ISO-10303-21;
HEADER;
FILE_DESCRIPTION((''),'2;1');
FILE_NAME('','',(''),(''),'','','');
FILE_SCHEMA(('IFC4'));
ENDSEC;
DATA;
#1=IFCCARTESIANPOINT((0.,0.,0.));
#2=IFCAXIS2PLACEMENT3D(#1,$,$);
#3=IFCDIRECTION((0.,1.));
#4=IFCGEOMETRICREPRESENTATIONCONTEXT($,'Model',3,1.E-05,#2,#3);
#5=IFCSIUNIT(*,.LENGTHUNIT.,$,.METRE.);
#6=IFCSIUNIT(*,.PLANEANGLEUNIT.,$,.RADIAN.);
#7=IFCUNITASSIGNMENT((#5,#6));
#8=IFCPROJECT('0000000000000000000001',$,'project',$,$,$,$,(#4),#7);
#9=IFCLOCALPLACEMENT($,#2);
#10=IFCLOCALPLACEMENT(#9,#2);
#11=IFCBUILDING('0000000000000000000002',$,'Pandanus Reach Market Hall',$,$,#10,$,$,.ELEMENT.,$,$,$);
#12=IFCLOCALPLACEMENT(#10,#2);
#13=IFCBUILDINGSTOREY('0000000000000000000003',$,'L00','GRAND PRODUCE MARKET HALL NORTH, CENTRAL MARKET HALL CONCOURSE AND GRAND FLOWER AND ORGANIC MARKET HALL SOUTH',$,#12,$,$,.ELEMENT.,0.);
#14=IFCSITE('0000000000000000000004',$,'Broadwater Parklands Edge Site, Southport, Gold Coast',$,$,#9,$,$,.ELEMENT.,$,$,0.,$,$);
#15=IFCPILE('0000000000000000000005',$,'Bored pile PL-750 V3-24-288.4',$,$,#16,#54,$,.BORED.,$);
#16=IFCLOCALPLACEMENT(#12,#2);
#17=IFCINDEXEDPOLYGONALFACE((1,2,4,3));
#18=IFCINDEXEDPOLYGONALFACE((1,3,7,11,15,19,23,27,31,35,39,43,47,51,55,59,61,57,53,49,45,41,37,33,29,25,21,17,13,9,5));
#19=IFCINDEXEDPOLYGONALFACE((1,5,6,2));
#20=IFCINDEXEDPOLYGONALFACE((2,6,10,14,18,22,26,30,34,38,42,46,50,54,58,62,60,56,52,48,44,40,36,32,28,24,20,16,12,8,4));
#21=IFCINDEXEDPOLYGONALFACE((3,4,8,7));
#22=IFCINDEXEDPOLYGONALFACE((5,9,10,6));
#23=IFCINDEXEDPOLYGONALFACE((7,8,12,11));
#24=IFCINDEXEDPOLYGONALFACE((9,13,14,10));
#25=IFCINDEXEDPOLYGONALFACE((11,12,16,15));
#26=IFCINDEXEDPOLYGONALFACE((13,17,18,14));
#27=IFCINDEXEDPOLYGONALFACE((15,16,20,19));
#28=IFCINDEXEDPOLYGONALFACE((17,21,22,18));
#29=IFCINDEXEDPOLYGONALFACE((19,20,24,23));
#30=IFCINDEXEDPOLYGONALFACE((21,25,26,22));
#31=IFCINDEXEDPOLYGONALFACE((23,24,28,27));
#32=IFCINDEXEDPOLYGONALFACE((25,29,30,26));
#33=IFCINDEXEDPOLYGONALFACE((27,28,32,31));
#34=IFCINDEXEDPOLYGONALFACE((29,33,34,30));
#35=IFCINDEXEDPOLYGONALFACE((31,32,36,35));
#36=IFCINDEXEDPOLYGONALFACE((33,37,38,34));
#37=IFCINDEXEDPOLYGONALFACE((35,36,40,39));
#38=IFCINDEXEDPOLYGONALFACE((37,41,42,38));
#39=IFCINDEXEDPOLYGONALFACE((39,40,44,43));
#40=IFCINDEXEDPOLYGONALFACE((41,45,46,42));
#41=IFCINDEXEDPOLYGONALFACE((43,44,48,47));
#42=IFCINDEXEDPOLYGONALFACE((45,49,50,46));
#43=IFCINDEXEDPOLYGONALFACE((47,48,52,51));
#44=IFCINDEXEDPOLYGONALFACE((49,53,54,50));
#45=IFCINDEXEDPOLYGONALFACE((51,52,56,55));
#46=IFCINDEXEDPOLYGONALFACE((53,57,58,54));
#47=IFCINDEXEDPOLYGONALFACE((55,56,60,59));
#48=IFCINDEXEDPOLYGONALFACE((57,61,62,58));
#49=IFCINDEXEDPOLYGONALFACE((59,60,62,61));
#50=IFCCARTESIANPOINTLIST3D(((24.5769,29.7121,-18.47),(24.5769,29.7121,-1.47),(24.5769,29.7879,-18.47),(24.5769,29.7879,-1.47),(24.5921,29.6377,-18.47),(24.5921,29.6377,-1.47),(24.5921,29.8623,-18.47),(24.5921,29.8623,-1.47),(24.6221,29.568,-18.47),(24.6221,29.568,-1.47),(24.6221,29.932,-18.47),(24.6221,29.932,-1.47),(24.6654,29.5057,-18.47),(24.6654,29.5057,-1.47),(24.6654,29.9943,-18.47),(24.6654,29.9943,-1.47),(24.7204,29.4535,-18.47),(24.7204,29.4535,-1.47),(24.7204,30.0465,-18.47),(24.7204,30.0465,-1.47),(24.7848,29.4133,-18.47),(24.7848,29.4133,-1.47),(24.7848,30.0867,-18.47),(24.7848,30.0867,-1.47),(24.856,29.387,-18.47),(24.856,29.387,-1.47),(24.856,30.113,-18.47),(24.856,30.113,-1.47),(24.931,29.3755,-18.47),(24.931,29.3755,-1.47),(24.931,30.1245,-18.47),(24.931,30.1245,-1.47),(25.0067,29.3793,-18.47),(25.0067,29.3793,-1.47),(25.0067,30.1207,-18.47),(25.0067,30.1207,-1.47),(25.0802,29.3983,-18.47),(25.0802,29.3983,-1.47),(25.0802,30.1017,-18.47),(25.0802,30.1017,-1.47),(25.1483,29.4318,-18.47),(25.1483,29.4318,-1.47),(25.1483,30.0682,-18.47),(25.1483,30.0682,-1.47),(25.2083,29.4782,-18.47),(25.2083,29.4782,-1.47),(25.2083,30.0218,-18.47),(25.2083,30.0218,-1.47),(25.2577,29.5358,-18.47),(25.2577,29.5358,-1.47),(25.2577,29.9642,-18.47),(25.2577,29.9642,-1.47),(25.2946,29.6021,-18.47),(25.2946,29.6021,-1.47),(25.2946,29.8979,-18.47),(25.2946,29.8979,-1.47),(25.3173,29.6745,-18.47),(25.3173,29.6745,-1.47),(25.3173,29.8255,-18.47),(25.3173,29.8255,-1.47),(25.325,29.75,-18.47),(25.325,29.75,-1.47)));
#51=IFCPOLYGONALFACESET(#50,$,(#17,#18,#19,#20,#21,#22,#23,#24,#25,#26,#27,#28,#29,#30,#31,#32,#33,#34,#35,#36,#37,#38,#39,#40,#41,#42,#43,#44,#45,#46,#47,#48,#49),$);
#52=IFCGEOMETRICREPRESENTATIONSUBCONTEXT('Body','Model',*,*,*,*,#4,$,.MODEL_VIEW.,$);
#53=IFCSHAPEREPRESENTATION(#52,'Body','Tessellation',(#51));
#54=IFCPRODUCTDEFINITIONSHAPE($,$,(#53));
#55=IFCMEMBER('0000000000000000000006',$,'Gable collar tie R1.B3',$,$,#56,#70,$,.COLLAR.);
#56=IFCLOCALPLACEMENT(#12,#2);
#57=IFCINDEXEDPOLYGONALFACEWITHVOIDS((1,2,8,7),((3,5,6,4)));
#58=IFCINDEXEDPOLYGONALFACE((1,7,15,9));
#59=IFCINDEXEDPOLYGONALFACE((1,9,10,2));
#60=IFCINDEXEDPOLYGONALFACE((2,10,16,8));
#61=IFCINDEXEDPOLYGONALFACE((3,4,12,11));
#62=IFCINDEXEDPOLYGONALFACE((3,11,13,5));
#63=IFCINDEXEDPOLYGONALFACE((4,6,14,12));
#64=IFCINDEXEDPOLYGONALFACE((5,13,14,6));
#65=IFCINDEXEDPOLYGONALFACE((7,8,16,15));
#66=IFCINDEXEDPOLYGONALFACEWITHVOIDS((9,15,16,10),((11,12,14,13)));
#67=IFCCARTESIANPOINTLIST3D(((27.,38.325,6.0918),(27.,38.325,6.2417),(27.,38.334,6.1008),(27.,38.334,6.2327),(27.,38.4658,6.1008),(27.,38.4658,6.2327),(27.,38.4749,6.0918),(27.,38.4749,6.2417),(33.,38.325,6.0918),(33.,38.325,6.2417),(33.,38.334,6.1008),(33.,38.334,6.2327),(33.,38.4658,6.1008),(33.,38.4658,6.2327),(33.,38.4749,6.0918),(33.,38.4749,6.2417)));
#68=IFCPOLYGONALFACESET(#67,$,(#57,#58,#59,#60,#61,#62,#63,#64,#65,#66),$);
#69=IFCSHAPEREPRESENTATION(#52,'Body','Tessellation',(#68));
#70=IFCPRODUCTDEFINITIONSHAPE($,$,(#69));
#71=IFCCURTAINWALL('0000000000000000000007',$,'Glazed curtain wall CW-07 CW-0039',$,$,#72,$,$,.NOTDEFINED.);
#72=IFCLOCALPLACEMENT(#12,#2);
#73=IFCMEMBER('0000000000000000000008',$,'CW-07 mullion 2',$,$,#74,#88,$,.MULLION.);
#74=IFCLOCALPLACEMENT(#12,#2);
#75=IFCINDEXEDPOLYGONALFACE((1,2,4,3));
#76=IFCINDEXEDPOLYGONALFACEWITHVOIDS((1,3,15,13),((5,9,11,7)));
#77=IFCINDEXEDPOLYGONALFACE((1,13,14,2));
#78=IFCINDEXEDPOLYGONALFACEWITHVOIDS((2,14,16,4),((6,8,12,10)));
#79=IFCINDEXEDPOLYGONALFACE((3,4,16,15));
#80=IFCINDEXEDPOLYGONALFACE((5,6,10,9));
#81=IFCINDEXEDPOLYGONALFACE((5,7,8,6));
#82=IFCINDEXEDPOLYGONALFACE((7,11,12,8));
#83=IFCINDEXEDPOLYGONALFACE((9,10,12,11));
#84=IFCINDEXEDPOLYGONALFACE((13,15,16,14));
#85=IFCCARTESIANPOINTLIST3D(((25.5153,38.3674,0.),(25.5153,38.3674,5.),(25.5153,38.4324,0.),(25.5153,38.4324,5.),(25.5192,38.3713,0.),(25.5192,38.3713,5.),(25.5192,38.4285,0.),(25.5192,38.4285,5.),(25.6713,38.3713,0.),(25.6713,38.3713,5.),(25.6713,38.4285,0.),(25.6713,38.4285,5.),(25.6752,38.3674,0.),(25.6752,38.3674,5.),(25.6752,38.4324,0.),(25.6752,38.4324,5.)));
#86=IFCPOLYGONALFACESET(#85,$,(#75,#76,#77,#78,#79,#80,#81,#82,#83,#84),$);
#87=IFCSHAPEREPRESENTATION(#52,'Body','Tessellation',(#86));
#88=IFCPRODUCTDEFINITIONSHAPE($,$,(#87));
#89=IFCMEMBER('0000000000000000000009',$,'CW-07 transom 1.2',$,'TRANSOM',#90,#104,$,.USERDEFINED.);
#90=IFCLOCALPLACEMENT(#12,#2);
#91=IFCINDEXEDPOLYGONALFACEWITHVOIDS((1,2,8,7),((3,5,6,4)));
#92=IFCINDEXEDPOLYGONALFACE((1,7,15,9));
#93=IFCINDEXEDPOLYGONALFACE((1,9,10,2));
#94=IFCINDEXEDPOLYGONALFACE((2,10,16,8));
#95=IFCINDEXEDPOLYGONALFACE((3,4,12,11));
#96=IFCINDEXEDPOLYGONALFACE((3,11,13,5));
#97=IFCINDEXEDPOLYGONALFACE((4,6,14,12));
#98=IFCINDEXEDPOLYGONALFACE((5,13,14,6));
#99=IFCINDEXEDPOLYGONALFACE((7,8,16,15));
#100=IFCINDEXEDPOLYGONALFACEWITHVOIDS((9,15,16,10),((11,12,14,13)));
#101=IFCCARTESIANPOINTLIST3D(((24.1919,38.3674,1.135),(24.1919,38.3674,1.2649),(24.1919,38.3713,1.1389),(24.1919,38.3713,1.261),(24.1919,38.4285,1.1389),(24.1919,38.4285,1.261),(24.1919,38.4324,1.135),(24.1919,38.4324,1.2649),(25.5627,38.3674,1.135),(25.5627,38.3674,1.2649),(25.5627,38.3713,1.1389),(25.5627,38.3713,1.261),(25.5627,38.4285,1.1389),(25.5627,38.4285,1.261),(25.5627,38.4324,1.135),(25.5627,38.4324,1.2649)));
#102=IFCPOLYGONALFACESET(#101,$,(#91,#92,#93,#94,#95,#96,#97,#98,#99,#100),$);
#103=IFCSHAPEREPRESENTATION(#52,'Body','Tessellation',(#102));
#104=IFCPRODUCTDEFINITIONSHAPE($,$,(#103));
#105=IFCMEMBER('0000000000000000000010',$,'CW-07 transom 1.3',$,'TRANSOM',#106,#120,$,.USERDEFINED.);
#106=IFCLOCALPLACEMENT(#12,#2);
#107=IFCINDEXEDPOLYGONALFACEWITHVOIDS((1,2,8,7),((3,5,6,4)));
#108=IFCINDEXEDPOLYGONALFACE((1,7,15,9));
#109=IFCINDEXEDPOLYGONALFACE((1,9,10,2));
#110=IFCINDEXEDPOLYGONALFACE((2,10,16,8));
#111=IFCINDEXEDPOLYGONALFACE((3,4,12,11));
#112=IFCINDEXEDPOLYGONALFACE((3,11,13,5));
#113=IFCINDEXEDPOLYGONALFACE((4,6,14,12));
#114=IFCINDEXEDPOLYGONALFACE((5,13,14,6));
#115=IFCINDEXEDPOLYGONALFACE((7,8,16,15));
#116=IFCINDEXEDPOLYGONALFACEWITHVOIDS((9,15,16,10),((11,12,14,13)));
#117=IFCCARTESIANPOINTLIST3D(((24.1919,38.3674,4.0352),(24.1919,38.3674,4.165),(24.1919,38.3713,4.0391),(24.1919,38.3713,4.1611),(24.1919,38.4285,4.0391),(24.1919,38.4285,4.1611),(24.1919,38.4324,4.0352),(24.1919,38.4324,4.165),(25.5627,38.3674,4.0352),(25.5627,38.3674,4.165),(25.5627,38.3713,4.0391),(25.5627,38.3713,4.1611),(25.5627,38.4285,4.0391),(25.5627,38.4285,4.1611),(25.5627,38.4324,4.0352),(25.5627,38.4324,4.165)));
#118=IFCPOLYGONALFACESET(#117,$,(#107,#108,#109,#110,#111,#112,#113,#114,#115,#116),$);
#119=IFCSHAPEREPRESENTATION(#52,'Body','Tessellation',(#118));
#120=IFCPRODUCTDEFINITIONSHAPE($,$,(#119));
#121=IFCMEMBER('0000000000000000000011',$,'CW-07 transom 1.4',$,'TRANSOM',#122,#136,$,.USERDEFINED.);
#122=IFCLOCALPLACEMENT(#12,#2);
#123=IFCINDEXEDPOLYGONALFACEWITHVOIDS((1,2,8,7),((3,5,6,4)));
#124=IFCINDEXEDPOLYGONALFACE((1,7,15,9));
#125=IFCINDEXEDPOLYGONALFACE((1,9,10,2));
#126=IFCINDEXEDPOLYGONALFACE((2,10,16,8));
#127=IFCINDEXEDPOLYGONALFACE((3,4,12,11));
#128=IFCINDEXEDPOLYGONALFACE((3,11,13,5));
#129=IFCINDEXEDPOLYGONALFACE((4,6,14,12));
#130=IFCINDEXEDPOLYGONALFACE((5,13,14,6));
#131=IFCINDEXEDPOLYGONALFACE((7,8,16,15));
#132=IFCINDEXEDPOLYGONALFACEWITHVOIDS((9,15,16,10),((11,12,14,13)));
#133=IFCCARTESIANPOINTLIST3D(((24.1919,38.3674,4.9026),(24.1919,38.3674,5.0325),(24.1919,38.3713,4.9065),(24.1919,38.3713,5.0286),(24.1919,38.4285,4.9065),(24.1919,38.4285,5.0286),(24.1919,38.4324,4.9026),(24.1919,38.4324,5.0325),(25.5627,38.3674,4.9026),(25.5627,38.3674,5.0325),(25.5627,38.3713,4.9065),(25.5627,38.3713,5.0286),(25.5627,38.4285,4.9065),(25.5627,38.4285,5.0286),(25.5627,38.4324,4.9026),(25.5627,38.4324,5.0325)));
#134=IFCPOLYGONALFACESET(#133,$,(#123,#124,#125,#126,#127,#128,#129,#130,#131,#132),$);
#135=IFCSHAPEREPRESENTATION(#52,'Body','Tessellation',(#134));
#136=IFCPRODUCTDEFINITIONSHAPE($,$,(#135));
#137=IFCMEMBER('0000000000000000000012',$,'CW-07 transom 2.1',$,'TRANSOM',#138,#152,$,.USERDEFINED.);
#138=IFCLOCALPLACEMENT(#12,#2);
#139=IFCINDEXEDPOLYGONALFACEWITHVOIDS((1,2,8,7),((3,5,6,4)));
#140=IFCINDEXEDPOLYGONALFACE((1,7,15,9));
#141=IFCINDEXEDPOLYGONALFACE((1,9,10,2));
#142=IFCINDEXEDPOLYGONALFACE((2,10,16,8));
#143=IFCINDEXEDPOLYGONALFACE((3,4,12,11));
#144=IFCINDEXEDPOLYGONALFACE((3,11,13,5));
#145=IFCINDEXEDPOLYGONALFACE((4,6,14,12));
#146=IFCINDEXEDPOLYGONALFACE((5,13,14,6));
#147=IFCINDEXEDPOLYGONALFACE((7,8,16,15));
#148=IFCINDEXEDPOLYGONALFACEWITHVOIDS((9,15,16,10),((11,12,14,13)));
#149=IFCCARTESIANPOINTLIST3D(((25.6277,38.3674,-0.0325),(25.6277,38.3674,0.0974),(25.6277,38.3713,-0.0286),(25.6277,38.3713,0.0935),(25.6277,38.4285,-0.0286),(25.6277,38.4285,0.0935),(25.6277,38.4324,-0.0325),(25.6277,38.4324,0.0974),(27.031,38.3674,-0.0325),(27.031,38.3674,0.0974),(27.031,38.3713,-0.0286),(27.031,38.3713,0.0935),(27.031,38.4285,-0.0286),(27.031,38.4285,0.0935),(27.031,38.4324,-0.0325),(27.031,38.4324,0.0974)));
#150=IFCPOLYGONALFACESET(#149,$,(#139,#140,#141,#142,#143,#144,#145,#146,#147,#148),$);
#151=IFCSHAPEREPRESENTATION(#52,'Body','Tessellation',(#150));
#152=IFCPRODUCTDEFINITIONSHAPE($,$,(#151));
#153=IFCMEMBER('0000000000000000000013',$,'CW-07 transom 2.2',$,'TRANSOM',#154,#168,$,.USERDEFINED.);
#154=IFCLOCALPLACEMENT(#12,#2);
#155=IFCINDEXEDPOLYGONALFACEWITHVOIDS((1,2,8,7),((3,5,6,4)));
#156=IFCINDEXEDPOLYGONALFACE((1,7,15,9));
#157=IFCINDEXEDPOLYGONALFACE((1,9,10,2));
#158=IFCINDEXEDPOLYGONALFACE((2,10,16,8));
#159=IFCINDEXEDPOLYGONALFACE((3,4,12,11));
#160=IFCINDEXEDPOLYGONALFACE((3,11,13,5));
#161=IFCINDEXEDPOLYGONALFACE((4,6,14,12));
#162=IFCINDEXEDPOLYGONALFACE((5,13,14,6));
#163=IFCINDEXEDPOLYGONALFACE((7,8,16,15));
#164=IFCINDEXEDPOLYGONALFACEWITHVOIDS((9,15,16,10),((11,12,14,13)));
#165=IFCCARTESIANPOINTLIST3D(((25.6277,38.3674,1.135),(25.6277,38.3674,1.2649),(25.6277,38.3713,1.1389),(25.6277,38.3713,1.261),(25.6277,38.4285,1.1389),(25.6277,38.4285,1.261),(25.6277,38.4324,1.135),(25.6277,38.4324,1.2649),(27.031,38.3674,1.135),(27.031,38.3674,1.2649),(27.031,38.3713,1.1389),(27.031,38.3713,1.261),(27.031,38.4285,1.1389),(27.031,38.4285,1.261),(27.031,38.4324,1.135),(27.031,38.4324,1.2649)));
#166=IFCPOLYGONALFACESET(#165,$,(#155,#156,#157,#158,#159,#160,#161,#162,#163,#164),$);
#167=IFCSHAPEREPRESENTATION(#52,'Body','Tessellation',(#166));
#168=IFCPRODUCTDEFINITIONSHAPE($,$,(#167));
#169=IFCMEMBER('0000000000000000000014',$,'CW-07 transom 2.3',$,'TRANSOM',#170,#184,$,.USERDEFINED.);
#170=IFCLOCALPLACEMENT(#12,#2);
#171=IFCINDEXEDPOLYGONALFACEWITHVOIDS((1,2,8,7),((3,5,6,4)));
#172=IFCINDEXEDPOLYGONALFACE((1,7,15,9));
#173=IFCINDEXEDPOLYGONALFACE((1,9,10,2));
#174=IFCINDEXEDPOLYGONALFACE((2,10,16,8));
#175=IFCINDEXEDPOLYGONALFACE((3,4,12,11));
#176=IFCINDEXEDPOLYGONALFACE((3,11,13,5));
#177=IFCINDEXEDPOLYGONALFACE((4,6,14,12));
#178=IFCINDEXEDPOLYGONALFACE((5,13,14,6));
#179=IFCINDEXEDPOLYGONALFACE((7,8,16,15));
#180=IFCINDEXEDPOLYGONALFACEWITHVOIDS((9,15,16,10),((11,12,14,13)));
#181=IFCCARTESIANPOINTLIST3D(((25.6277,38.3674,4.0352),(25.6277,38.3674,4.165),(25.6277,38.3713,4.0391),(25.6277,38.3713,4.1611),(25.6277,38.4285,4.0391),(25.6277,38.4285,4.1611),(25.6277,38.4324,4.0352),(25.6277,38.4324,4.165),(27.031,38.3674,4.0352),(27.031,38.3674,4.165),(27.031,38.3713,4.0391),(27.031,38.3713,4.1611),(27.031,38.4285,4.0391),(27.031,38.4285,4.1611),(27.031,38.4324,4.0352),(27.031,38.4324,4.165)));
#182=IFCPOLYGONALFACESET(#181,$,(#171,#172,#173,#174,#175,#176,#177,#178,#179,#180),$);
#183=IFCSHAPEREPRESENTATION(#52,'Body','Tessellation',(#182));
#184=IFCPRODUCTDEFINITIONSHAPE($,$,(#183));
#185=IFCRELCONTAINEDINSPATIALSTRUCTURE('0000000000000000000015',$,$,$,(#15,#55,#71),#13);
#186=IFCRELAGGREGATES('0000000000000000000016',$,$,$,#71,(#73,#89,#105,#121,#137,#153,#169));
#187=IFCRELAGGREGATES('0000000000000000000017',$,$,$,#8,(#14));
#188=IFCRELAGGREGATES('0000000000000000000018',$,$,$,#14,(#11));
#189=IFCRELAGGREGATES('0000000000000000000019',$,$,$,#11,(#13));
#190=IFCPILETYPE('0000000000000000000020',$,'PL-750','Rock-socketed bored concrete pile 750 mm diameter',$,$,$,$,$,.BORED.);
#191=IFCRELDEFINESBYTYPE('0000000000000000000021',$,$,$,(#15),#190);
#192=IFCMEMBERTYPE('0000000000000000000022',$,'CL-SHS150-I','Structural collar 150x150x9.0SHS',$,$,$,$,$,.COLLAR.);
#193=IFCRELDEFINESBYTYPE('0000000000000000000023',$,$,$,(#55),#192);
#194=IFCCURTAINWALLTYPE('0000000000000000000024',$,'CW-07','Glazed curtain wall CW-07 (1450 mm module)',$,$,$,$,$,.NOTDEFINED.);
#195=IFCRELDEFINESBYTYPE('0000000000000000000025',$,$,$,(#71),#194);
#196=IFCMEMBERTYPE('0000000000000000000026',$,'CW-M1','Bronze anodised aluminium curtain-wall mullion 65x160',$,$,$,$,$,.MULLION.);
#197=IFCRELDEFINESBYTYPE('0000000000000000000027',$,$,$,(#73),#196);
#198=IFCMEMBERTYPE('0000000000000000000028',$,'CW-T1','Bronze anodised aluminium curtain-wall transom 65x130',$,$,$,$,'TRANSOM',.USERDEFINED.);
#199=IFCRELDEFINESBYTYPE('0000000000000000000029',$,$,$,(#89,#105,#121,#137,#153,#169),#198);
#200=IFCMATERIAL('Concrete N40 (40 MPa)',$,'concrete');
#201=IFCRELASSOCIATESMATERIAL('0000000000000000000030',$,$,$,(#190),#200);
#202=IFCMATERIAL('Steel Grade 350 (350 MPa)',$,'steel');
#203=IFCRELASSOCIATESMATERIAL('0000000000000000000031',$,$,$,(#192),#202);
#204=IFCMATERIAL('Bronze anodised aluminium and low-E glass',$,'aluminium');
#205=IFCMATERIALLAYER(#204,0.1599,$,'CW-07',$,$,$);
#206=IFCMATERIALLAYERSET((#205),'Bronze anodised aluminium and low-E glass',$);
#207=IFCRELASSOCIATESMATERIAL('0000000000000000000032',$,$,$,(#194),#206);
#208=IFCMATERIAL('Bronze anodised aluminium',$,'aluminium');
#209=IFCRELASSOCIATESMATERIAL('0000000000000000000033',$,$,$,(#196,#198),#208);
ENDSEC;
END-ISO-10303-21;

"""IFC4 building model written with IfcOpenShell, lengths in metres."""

from ifc_helpers import new_model, si_unit, direction, frame, origin, origin_2d, place, context, subcontext, project, spatial, hollow_rectangle, circle, extrude, material, layer, layer_set, material_profile, profile_set, type_object, element, aggregate, save


model = new_model("IFC4")

# Units and contexts
model_context = context("Model", 3, precision=1e-05, world=origin(), true_north=direction((0.0, 1.0)))
body_context = subcontext(model_context, "Body", "Model", "MODEL_VIEW")
ifc_project = project(units=[si_unit("LENGTHUNIT", "METRE"), si_unit("PLANEANGLEUNIT", "RADIAN")], contexts=[model_context])

# Site, building, storey
site_placement = place(None, origin())
site = spatial("IfcSite", under=ifc_project, at=site_placement, Name="Broadwater Parklands Edge Site, Southport, Gold Coast", CompositionType="ELEMENT", RefElevation=0.0)
building_placement = place(site_placement, origin())
building = spatial("IfcBuilding", under=site, at=building_placement, Name="Pandanus Reach Market Hall", CompositionType="ELEMENT")
storey_placement = place(building_placement, origin())
storey = spatial("IfcBuildingStorey", under=building, at=storey_placement, Name="L00", Description="GRAND PRODUCE MARKET HALL NORTH, CENTRAL MARKET HALL CONCOURSE AND GRAND FLOWER AND ORGANIC MARKET HALL SOUTH", CompositionType="ELEMENT", Elevation=0.0)

# Pile
ifc_material_1 = material(Name="Concrete N40 (40 MPa)", Category="concrete")
ifc_material_profile_1 = material_profile(ifc_material_1, circle(Radius=0.375, at=origin_2d()), Name="PILE-750D", Category="LoadBearing")
ifc_profile_set_1 = profile_set([ifc_material_profile_1], Name="Concrete N40 (40 MPa)")
pile_type = type_object("IfcPileType", Name="PL-750", Description="Rock-socketed bored concrete pile 750 mm diameter", PredefinedType="BORED", material=ifc_profile_set_1)
pile_placement = place(storey_placement, frame((24.95, 29.75, -1.47), z_axis=(0.0, 0.0, -1.0), x_axis=(1.0, 0.0, 0.0)))
element("IfcPile", 1, at=pile_placement, inside=storey, type_object=pile_type, Name="Bored pile PL-750 V3-24-288.4", PredefinedType="BORED", context=body_context, shape_type="SweptSolid", body=[
    extrude(circle(Radius=0.375, at=origin_2d()), origin(), (0.0, 0.0, 1.0), 17.0),
])

# Member
ifc_material_2 = material(Name="Steel Grade 350 (350 MPa)", Category="steel")
ifc_material_profile_2 = material_profile(ifc_material_2, hollow_rectangle(XDim=0.1499, YDim=0.1499, WallThickness=0.009, at=origin_2d()), Name="150x150x9.0SHS", Category="LoadBearing")
ifc_profile_set_2 = profile_set([ifc_material_profile_2], Name="Steel Grade 350 (350 MPa)")
member_type_1 = type_object("IfcMemberType", Name="CL-SHS150-I", Description="Structural collar 150x150x9.0SHS", PredefinedType="COLLAR", material=ifc_profile_set_2)
member_1_placement = place(storey_placement, frame((27.0, 38.3999, 6.1667), z_axis=(1.0, 0.0, 0.0), x_axis=(0.0, 1.0, 0.0)))
element("IfcMember", 2, at=member_1_placement, inside=storey, type_object=member_type_1, Name="Gable collar tie R1.B3", PredefinedType="COLLAR", context=body_context, shape_type="SweptSolid", body=[
    extrude(hollow_rectangle(XDim=0.1499, YDim=0.1499, WallThickness=0.009, at=origin_2d()), origin(), (0.0, 0.0, 1.0), 6.0),
])

# Curtain wall, members
ifc_material_3 = material(Name="Bronze anodised aluminium and low-E glass", Category="aluminium")
ifc_layer_1 = layer(ifc_material_3, 0.1599, Name="CW-07")
ifc_layer_set_1 = layer_set([ifc_layer_1], Name="Bronze anodised aluminium and low-E glass")
curtain_wall_type = type_object("IfcCurtainWallType", Name="CW-07", Description="Glazed curtain wall CW-07 (1450 mm module)", PredefinedType="NOTDEFINED", material=ifc_layer_set_1)
curtain_wall_placement = place(storey_placement, origin())
curtain_wall = element("IfcCurtainWall", 3, at=curtain_wall_placement, inside=storey, type_object=curtain_wall_type, Name="Glazed curtain wall CW-07 CW-0039", PredefinedType="NOTDEFINED")
ifc_material_4 = material(Name="Bronze anodised aluminium", Category="aluminium")
ifc_material_profile_3 = material_profile(ifc_material_4, hollow_rectangle(XDim=0.0649, YDim=0.1599, WallThickness=0.0039, at=origin_2d()), Name="ALU65x160", Category="LoadBearing")
ifc_profile_set_3 = profile_set([ifc_material_profile_3], Name="Bronze anodised aluminium")
member_type_2 = type_object("IfcMemberType", Name="CW-M1", Description="Bronze anodised aluminium curtain-wall mullion 65x160", PredefinedType="MULLION", material=ifc_profile_set_3)
member_2_placement = place(storey_placement, frame((25.5952, 38.3999, 0.0), z_axis=(0.0, 0.0, 1.0), x_axis=(0.0, 1.0, 0.0)))
member_2 = element("IfcMember", 4, at=member_2_placement, type_object=member_type_2, Name="CW-07 mullion 2", PredefinedType="MULLION", context=body_context, shape_type="SweptSolid", body=[
    extrude(hollow_rectangle(XDim=0.0649, YDim=0.1599, WallThickness=0.0039, at=origin_2d()), origin(), (0.0, 0.0, 1.0), 5.0),
])
ifc_material_profile_4 = material_profile(ifc_material_4, hollow_rectangle(XDim=0.0649, YDim=0.1299, WallThickness=0.0039, at=origin_2d()), Name="ALU65x130", Category="LoadBearing")
ifc_profile_set_4 = profile_set([ifc_material_profile_4], Name="Bronze anodised aluminium")
member_type_3 = type_object("IfcMemberType", Name="CW-T1", Description="Bronze anodised aluminium curtain-wall transom 65x130", ElementType="TRANSOM", PredefinedType="USERDEFINED", material=ifc_profile_set_4)
member_3_placement = place(storey_placement, frame((24.1919, 38.3999, 1.2), z_axis=(1.0, 0.0, 0.0), x_axis=(0.0, 1.0, 0.0)))
member_3 = element("IfcMember", 5, at=member_3_placement, type_object=member_type_3, Name="CW-07 transom 1.2", ObjectType="TRANSOM", PredefinedType="USERDEFINED", context=body_context, shape_type="SweptSolid", body=[
    extrude(hollow_rectangle(XDim=0.0649, YDim=0.1299, WallThickness=0.0039, at=origin_2d()), origin(), (0.0, 0.0, 1.0), 1.3708),
])
member_4_placement = place(storey_placement, frame((24.1919, 38.3999, 4.1001), z_axis=(1.0, 0.0, 0.0), x_axis=(0.0, 1.0, 0.0)))
member_4 = element("IfcMember", 6, at=member_4_placement, type_object=member_type_3, Name="CW-07 transom 1.3", ObjectType="TRANSOM", PredefinedType="USERDEFINED", context=body_context, shape_type="SweptSolid", body=[
    extrude(hollow_rectangle(XDim=0.0649, YDim=0.1299, WallThickness=0.0039, at=origin_2d()), origin(), (0.0, 0.0, 1.0), 1.3708),
])
member_5_placement = place(storey_placement, frame((24.1919, 38.3999, 4.9675), z_axis=(1.0, 0.0, 0.0), x_axis=(0.0, 1.0, 0.0)))
member_5 = element("IfcMember", 7, at=member_5_placement, type_object=member_type_3, Name="CW-07 transom 1.4", ObjectType="TRANSOM", PredefinedType="USERDEFINED", context=body_context, shape_type="SweptSolid", body=[
    extrude(hollow_rectangle(XDim=0.0649, YDim=0.1299, WallThickness=0.0039, at=origin_2d()), origin(), (0.0, 0.0, 1.0), 1.3708),
])
member_6_placement = place(storey_placement, frame((25.6277, 38.3999, 0.0325), z_axis=(1.0, 0.0, 0.0), x_axis=(0.0, 1.0, 0.0)))
member_6 = element("IfcMember", 8, at=member_6_placement, type_object=member_type_3, Name="CW-07 transom 2.1", ObjectType="TRANSOM", PredefinedType="USERDEFINED", context=body_context, shape_type="SweptSolid", body=[
    extrude(hollow_rectangle(XDim=0.0649, YDim=0.1299, WallThickness=0.0039, at=origin_2d()), origin(), (0.0, 0.0, 1.0), 1.4033),
])
member_7_placement = place(storey_placement, frame((25.6277, 38.3999, 1.2), z_axis=(1.0, 0.0, 0.0), x_axis=(0.0, 1.0, 0.0)))
member_7 = element("IfcMember", 9, at=member_7_placement, type_object=member_type_3, Name="CW-07 transom 2.2", ObjectType="TRANSOM", PredefinedType="USERDEFINED", context=body_context, shape_type="SweptSolid", body=[
    extrude(hollow_rectangle(XDim=0.0649, YDim=0.1299, WallThickness=0.0039, at=origin_2d()), origin(), (0.0, 0.0, 1.0), 1.4033),
])
member_8_placement = place(storey_placement, frame((25.6277, 38.3999, 4.1001), z_axis=(1.0, 0.0, 0.0), x_axis=(0.0, 1.0, 0.0)))
member_8 = element("IfcMember", 10, at=member_8_placement, type_object=member_type_3, Name="CW-07 transom 2.3", ObjectType="TRANSOM", PredefinedType="USERDEFINED", context=body_context, shape_type="SweptSolid", body=[
    extrude(hollow_rectangle(XDim=0.0649, YDim=0.1299, WallThickness=0.0039, at=origin_2d()), origin(), (0.0, 0.0, 1.0), 1.4033),
])

aggregate(curtain_wall, [member_2, member_3, member_4, member_5, member_6, member_7, member_8])

save(model, "model.ifc")
